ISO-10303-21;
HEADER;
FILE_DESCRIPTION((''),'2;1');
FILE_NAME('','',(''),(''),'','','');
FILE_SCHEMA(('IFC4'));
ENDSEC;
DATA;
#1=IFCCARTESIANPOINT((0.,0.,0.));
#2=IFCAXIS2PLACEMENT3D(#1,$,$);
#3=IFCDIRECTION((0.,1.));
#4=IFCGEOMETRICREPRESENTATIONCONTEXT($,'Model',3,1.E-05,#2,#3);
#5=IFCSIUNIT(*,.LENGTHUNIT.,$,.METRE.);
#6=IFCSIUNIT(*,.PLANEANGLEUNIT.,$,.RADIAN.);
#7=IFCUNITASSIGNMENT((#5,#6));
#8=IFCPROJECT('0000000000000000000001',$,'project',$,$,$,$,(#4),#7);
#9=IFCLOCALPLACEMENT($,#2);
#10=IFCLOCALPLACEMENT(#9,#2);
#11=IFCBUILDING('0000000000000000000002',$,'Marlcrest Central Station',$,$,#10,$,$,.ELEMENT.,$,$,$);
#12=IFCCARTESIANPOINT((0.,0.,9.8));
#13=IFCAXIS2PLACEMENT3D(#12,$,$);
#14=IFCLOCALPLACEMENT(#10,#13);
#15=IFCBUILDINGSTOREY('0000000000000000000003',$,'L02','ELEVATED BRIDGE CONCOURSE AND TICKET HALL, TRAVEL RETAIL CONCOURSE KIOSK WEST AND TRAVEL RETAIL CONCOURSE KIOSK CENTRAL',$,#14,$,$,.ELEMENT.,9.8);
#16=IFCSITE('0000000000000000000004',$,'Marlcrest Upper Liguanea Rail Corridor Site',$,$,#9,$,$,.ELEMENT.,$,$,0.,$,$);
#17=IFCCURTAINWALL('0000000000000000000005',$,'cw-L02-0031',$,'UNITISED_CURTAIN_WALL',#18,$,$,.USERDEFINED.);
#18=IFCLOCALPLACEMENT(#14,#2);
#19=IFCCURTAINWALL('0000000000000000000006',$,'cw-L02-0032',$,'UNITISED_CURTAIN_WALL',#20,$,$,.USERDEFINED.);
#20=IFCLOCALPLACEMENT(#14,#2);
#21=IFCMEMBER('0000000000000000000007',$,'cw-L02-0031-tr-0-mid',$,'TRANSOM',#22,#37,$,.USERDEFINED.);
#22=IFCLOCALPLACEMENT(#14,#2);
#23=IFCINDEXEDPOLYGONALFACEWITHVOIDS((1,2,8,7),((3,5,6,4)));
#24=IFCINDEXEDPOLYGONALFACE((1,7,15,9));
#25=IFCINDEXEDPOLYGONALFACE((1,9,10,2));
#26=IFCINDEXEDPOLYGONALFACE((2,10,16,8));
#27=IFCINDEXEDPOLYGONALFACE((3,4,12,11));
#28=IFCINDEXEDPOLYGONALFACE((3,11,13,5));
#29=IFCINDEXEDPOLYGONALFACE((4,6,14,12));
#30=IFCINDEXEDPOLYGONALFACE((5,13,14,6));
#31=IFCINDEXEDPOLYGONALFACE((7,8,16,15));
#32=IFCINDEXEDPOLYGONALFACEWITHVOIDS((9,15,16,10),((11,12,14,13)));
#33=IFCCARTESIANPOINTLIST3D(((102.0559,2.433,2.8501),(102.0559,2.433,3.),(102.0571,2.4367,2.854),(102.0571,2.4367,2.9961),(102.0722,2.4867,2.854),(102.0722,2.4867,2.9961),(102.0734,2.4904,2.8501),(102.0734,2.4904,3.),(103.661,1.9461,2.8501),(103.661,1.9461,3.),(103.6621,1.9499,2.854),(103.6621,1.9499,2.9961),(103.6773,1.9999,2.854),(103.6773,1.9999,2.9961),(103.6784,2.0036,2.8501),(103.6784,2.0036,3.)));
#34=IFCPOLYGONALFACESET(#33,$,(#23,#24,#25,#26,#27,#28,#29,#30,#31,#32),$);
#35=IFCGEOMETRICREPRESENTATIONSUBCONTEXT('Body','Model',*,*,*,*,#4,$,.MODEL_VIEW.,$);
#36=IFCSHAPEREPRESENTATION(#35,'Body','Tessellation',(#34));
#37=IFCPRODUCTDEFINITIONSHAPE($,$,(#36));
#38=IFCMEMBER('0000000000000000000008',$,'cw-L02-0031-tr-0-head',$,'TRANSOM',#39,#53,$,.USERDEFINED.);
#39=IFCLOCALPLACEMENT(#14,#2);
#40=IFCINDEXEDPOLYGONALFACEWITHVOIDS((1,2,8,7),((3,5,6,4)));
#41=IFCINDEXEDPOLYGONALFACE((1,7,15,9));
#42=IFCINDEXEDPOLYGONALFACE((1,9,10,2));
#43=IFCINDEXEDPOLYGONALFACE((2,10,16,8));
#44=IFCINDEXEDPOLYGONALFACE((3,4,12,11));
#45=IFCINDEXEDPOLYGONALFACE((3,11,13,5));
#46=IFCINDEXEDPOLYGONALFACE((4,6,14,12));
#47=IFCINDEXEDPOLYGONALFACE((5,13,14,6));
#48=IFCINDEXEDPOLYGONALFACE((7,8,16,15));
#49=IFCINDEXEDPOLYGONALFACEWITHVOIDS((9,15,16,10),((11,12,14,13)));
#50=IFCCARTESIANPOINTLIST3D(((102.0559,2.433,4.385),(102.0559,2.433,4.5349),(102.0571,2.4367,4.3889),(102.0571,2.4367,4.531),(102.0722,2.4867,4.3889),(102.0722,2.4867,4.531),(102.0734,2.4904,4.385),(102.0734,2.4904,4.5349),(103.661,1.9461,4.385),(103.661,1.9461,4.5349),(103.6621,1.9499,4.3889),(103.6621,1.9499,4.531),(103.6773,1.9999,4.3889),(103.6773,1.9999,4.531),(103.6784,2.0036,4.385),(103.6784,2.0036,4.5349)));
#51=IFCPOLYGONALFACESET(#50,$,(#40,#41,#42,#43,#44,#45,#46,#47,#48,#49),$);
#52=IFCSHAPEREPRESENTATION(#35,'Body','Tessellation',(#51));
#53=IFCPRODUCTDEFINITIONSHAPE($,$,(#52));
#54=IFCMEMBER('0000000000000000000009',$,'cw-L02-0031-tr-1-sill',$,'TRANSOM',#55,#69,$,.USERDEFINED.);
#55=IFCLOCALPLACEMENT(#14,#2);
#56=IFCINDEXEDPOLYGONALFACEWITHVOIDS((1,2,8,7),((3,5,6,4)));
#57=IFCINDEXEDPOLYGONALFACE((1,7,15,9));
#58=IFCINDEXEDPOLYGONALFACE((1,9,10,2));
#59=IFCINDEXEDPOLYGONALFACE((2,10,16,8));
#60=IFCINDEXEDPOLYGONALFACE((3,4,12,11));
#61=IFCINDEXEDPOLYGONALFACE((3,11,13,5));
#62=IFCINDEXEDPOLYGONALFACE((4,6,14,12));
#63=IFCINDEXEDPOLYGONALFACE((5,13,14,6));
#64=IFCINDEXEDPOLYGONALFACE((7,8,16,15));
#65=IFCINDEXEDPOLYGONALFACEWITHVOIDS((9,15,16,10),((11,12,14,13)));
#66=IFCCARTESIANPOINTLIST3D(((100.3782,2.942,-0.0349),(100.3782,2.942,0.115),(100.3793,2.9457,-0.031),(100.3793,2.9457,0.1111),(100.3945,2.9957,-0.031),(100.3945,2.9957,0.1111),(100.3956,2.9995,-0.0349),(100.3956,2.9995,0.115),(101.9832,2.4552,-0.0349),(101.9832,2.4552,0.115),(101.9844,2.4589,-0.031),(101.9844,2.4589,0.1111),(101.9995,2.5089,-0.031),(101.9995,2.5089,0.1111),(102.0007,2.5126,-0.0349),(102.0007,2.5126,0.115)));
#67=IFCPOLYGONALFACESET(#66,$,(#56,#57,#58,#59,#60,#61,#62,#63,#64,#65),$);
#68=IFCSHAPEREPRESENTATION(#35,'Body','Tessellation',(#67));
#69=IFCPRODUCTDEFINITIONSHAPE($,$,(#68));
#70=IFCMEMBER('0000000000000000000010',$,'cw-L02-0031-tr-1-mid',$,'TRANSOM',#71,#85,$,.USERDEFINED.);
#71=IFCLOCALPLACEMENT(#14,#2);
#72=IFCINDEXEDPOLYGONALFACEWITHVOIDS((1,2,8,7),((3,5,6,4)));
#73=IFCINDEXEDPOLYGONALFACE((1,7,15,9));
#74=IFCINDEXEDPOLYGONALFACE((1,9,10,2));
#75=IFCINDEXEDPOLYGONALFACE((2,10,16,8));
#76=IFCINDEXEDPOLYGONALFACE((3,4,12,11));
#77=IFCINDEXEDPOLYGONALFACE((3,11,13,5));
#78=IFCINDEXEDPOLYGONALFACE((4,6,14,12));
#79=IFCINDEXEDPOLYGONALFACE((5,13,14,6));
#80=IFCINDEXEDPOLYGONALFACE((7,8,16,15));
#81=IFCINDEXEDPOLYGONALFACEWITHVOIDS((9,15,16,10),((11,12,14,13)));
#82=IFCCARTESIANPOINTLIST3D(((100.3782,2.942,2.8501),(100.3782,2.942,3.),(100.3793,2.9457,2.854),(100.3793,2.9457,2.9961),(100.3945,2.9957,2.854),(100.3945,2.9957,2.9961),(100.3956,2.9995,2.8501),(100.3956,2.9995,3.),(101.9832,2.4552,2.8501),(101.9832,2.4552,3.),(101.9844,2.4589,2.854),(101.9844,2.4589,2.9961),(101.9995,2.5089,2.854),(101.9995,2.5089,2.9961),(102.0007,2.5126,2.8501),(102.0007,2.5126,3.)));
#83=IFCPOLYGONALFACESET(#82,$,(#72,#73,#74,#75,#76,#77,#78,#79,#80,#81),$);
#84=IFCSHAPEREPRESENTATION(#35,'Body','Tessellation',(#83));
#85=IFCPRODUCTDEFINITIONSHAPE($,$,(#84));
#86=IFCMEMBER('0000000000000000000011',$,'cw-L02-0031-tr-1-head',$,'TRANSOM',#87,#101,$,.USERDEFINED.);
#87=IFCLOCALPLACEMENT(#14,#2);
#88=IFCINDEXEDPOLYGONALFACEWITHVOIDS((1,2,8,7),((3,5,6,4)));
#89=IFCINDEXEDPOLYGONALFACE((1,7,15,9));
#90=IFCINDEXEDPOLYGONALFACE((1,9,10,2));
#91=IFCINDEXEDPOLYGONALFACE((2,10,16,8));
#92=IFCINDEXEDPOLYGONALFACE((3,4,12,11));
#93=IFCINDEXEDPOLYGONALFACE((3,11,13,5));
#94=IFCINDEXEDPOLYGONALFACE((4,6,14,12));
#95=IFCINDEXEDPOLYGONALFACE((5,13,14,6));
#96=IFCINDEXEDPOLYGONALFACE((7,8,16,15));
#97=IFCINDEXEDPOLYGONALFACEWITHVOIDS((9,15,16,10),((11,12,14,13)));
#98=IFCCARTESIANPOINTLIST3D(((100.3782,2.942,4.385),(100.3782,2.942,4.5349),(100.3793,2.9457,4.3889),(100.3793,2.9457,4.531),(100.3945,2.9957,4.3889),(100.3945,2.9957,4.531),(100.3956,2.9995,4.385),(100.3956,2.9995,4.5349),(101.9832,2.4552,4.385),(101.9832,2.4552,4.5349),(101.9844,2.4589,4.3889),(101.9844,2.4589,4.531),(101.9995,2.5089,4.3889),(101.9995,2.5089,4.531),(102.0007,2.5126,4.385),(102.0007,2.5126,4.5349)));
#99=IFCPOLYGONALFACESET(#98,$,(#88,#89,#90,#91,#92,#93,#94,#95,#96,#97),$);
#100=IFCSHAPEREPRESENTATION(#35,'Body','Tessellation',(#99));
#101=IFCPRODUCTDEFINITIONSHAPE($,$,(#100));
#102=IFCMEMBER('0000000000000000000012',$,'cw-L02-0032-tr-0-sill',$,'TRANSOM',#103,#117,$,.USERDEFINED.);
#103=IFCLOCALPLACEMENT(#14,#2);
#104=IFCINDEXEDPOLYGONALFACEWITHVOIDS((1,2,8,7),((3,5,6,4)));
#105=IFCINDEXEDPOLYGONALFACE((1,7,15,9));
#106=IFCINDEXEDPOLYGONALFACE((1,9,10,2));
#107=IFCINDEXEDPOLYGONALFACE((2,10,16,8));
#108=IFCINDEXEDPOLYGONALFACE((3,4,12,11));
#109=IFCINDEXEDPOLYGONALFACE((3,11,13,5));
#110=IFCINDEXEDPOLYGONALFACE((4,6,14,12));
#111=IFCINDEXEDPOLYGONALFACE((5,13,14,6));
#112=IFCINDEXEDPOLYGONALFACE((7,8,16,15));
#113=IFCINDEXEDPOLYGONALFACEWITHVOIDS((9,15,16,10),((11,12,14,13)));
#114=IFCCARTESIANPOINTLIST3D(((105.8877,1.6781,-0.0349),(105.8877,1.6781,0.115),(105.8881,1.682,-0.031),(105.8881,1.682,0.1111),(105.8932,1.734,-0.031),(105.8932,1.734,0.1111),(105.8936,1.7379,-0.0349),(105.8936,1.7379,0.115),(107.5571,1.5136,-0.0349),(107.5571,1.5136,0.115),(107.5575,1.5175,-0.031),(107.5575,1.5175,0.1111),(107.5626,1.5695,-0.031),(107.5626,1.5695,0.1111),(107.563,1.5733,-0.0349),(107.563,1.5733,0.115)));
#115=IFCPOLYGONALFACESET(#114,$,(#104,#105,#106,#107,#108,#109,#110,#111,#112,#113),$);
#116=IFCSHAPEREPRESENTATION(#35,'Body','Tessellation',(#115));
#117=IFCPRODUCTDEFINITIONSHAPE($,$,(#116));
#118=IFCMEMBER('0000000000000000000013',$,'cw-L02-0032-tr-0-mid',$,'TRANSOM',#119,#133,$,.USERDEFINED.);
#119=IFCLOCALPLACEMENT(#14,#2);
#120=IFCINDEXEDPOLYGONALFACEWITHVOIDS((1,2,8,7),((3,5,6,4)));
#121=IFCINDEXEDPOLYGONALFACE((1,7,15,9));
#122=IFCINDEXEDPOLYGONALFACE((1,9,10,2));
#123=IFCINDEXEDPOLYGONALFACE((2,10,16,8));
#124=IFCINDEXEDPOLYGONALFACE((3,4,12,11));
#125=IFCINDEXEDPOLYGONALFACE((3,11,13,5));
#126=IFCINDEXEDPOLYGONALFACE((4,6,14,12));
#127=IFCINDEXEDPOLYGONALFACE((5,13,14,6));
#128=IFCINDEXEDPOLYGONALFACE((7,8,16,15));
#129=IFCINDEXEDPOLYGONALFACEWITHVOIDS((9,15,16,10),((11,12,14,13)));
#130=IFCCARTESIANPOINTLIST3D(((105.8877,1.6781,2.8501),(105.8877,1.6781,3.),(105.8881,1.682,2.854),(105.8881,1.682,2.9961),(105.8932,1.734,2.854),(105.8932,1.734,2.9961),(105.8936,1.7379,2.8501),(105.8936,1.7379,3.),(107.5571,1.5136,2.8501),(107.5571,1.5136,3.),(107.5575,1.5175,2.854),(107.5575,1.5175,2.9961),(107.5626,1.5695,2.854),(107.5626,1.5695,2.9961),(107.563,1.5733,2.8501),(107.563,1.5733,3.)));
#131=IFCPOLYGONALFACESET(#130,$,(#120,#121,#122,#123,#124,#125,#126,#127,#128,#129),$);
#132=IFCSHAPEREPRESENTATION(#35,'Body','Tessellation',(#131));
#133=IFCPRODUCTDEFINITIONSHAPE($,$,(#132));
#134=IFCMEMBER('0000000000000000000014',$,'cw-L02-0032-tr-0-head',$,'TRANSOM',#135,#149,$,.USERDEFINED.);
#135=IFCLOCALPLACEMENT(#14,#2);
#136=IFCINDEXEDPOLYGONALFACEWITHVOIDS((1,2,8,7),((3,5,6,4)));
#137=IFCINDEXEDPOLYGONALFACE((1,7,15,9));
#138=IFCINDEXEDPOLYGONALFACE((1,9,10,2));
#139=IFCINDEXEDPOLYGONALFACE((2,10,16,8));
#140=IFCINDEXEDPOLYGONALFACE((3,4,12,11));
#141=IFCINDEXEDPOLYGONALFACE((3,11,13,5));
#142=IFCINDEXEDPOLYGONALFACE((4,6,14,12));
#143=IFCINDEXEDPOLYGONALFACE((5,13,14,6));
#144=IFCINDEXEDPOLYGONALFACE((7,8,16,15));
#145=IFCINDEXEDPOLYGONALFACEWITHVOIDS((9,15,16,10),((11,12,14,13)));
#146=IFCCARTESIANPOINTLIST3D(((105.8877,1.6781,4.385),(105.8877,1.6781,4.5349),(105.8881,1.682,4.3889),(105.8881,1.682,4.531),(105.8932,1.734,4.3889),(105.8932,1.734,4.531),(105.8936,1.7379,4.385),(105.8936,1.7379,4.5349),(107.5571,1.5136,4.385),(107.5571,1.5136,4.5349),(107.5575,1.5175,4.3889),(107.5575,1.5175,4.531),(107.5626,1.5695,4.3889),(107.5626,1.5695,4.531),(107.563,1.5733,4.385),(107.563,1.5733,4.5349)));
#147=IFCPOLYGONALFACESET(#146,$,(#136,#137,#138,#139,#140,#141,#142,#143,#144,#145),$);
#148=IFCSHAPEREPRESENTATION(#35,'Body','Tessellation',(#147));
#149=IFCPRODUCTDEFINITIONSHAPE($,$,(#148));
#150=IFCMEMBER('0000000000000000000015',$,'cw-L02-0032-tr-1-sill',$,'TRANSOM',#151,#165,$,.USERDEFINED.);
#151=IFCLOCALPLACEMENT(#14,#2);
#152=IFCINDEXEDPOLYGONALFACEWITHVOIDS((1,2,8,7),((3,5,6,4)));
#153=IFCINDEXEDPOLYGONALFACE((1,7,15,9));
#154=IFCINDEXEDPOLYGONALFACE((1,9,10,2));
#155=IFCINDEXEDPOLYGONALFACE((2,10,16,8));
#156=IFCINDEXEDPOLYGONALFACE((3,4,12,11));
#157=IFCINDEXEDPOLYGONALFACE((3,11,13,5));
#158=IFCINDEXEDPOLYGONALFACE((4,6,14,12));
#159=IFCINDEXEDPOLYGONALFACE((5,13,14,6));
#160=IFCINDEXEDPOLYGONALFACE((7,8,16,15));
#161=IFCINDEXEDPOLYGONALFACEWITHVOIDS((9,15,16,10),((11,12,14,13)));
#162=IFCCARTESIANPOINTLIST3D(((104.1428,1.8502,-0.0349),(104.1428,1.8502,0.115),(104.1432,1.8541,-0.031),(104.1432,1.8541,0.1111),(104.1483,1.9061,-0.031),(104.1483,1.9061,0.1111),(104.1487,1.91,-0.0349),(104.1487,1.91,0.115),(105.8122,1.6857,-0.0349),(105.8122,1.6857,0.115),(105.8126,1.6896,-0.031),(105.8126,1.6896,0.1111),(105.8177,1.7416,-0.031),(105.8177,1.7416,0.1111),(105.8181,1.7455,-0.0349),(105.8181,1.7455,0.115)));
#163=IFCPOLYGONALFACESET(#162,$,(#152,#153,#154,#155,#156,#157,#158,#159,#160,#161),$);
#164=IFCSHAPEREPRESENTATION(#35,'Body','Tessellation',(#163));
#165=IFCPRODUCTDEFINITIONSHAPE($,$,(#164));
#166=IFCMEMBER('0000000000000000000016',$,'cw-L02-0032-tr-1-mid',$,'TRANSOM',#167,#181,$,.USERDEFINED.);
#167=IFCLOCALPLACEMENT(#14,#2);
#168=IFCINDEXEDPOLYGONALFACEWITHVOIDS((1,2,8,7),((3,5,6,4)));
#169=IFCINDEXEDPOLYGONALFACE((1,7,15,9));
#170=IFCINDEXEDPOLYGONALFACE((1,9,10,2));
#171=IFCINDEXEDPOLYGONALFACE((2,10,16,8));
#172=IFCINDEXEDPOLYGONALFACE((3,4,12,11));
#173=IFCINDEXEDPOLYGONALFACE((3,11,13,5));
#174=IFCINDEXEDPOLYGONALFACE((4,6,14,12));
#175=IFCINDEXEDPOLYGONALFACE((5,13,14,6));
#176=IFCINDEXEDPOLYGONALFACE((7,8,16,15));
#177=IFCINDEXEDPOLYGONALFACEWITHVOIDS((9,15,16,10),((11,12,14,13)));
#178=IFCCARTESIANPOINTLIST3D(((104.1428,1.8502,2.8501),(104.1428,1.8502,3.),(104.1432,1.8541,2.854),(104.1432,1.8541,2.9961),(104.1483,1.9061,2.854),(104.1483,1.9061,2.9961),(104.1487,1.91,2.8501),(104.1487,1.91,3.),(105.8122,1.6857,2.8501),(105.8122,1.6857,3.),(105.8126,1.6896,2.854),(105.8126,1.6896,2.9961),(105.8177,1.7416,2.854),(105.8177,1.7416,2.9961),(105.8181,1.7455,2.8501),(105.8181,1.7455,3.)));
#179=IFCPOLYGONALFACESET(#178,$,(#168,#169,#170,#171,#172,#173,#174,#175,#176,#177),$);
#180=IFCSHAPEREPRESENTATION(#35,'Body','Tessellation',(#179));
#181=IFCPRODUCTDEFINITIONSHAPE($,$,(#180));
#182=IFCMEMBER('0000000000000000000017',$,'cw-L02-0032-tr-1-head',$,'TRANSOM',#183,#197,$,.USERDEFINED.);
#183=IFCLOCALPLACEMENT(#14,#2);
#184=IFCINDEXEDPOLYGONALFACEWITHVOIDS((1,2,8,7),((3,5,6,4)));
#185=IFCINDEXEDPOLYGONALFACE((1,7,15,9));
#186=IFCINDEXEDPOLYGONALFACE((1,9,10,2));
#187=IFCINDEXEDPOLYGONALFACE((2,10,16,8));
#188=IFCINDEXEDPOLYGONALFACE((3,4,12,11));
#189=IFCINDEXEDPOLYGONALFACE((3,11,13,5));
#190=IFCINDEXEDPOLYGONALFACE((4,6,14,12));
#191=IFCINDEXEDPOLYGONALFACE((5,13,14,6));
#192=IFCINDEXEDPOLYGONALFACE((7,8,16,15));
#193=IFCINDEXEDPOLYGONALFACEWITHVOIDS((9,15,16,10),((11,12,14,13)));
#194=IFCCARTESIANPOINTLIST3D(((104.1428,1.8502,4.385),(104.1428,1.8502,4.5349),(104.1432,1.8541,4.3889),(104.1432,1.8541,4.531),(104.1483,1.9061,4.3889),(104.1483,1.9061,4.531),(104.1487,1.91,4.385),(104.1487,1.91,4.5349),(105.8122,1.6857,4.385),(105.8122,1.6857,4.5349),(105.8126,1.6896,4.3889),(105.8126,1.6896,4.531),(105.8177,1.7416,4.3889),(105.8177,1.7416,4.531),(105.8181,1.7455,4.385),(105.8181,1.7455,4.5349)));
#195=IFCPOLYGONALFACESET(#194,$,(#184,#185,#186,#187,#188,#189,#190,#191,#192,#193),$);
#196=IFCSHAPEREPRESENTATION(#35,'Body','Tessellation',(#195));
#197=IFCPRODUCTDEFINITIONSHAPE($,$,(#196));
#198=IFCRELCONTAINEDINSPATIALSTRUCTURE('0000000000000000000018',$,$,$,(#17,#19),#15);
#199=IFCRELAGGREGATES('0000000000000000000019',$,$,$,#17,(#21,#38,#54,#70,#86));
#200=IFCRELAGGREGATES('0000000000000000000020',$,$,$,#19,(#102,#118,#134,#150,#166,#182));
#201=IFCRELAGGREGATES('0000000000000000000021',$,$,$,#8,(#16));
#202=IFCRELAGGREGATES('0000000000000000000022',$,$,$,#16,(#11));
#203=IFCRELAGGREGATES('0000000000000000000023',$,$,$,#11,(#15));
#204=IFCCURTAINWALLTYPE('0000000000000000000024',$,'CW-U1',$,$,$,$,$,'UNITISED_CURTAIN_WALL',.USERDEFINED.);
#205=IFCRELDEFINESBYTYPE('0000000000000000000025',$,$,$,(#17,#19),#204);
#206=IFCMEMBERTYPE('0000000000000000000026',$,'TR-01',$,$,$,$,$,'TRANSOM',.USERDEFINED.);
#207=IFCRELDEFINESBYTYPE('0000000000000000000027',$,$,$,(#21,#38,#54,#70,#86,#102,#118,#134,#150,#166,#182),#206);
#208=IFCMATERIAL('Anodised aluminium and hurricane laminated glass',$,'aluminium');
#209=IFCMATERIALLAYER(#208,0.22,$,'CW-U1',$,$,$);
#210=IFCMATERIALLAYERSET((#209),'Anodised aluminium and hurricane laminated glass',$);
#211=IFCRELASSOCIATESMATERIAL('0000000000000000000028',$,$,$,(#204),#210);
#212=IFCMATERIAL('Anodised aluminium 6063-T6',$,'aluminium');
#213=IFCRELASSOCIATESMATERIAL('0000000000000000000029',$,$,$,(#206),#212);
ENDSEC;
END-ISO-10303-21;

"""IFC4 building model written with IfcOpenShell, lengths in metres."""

from ifc_helpers import new_model, si_unit, direction, frame, origin, origin_2d, place, context, subcontext, project, spatial, hollow_rectangle, extrude, material, layer, layer_set, material_profile, profile_set, type_object, element, aggregate, save


model = new_model("IFC4")

# Units and contexts
model_context = context("Model", 3, precision=1e-05, world=origin(), true_north=direction((0.0, 1.0)))
body_context = subcontext(model_context, "Body", "Model", "MODEL_VIEW")
ifc_project = project(units=[si_unit("LENGTHUNIT", "METRE"), si_unit("PLANEANGLEUNIT", "RADIAN")], contexts=[model_context])

# Site, building, storey
site_placement = place(None, origin())
site = spatial("IfcSite", under=ifc_project, at=site_placement, Name="Marlcrest Upper Liguanea Rail Corridor Site", CompositionType="ELEMENT", RefElevation=0.0)
building_placement = place(site_placement, origin())
building = spatial("IfcBuilding", under=site, at=building_placement, Name="Marlcrest Central Station", CompositionType="ELEMENT")
storey_placement = place(building_placement, frame((0.0, 0.0, 9.8)))
storey = spatial("IfcBuildingStorey", under=building, at=storey_placement, Name="L02", Description="ELEVATED BRIDGE CONCOURSE AND TICKET HALL, TRAVEL RETAIL CONCOURSE KIOSK WEST AND TRAVEL RETAIL CONCOURSE KIOSK CENTRAL", CompositionType="ELEMENT", Elevation=9.8)

# Curtain walls
ifc_material_1 = material(Name="Anodised aluminium and hurricane laminated glass", Category="aluminium")
ifc_layer_1 = layer(ifc_material_1, 0.22, Name="CW-U1")
ifc_layer_set_1 = layer_set([ifc_layer_1], Name="Anodised aluminium and hurricane laminated glass")
curtain_wall_type = type_object("IfcCurtainWallType", Name="CW-U1", ElementType="UNITISED_CURTAIN_WALL", PredefinedType="USERDEFINED", material=ifc_layer_set_1)
curtain_wall_1_placement = place(storey_placement, origin())
curtain_wall_1 = element("IfcCurtainWall", 1, at=curtain_wall_1_placement, inside=storey, type_object=curtain_wall_type, Name="cw-L02-0031", ObjectType="UNITISED_CURTAIN_WALL", PredefinedType="USERDEFINED")
ifc_material_2 = material(Name="Anodised aluminium 6063-T6", Category="aluminium")
curtain_wall_2_placement = place(storey_placement, origin())
curtain_wall_2 = element("IfcCurtainWall", 2, at=curtain_wall_2_placement, inside=storey, type_object=curtain_wall_type, Name="cw-L02-0032", ObjectType="UNITISED_CURTAIN_WALL", PredefinedType="USERDEFINED")

# Members
ifc_material_profile_1 = material_profile(ifc_material_2, hollow_rectangle(XDim=0.0601, YDim=0.1499, WallThickness=0.0039, at=origin_2d()), Name="AA-RHS 150x60x4")
ifc_profile_set_1 = profile_set([ifc_material_profile_1], Name="Anodised aluminium 6063-T6")
member_type_1 = type_object("IfcMemberType", Name="TR-01", ElementType="TRANSOM", PredefinedType="USERDEFINED", material=ifc_profile_set_1)
member_1_placement = place(storey_placement, frame((103.6697, 1.9749, 2.925), z_axis=(-0.956948, 0.290258, 0.0), x_axis=(-0.290258, -0.956948, 0.0)))
member_1 = element("IfcMember", 3, at=member_1_placement, type_object=member_type_1, Name="cw-L02-0031-tr-0-mid", ObjectType="TRANSOM", PredefinedType="USERDEFINED", context=body_context, shape_type="SweptSolid", body=[
    extrude(hollow_rectangle(XDim=0.0601, YDim=0.1499, WallThickness=0.0039, at=origin_2d()), origin(), (0.0, 0.0, 1.0), 1.6772),
])
member_2_placement = place(storey_placement, frame((103.6697, 1.9749, 4.46), z_axis=(-0.956948, 0.290258, 0.0), x_axis=(-0.290258, -0.956948, 0.0)))
member_2 = element("IfcMember", 4, at=member_2_placement, type_object=member_type_1, Name="cw-L02-0031-tr-0-head", ObjectType="TRANSOM", PredefinedType="USERDEFINED", context=body_context, shape_type="SweptSolid", body=[
    extrude(hollow_rectangle(XDim=0.0601, YDim=0.1499, WallThickness=0.0039, at=origin_2d()), origin(), (0.0, 0.0, 1.0), 1.6772),
])
member_3_placement = place(storey_placement, frame((101.9919, 2.4839, 0.04), z_axis=(-0.956948, 0.290258, 0.0), x_axis=(-0.290258, -0.956948, 0.0)))
member_3 = element("IfcMember", 5, at=member_3_placement, type_object=member_type_1, Name="cw-L02-0031-tr-1-sill", ObjectType="TRANSOM", PredefinedType="USERDEFINED", context=body_context, shape_type="SweptSolid", body=[
    extrude(hollow_rectangle(XDim=0.0601, YDim=0.1499, WallThickness=0.0039, at=origin_2d()), origin(), (0.0, 0.0, 1.0), 1.6772),
])
member_4_placement = place(storey_placement, frame((101.9919, 2.4839, 2.925), z_axis=(-0.956948, 0.290258, 0.0), x_axis=(-0.290258, -0.956948, 0.0)))
member_4 = element("IfcMember", 6, at=member_4_placement, type_object=member_type_1, Name="cw-L02-0031-tr-1-mid", ObjectType="TRANSOM", PredefinedType="USERDEFINED", context=body_context, shape_type="SweptSolid", body=[
    extrude(hollow_rectangle(XDim=0.0601, YDim=0.1499, WallThickness=0.0039, at=origin_2d()), origin(), (0.0, 0.0, 1.0), 1.6772),
])
member_5_placement = place(storey_placement, frame((101.9919, 2.4839, 4.46), z_axis=(-0.956948, 0.290258, 0.0), x_axis=(-0.290258, -0.956948, 0.0)))
member_5 = element("IfcMember", 7, at=member_5_placement, type_object=member_type_1, Name="cw-L02-0031-tr-1-head", ObjectType="TRANSOM", PredefinedType="USERDEFINED", context=body_context, shape_type="SweptSolid", body=[
    extrude(hollow_rectangle(XDim=0.0601, YDim=0.1499, WallThickness=0.0039, at=origin_2d()), origin(), (0.0, 0.0, 1.0), 1.6772),
])
member_6_placement = place(storey_placement, frame((107.5601, 1.5435, 0.04), z_axis=(-0.995177, 0.098091, 0.0), x_axis=(-0.098091, -0.995177, 0.0)))
member_6 = element("IfcMember", 8, at=member_6_placement, type_object=member_type_1, Name="cw-L02-0032-tr-0-sill", ObjectType="TRANSOM", PredefinedType="USERDEFINED", context=body_context, shape_type="SweptSolid", body=[
    extrude(hollow_rectangle(XDim=0.0601, YDim=0.1499, WallThickness=0.0039, at=origin_2d()), origin(), (0.0, 0.0, 1.0), 1.6775),
])
member_7_placement = place(storey_placement, frame((107.5601, 1.5435, 2.925), z_axis=(-0.995177, 0.098091, 0.0), x_axis=(-0.098091, -0.995177, 0.0)))
member_7 = element("IfcMember", 9, at=member_7_placement, type_object=member_type_1, Name="cw-L02-0032-tr-0-mid", ObjectType="TRANSOM", PredefinedType="USERDEFINED", context=body_context, shape_type="SweptSolid", body=[
    extrude(hollow_rectangle(XDim=0.0601, YDim=0.1499, WallThickness=0.0039, at=origin_2d()), origin(), (0.0, 0.0, 1.0), 1.6775),
])
member_8_placement = place(storey_placement, frame((107.5601, 1.5435, 4.46), z_axis=(-0.995177, 0.098091, 0.0), x_axis=(-0.098091, -0.995177, 0.0)))
member_8 = element("IfcMember", 10, at=member_8_placement, type_object=member_type_1, Name="cw-L02-0032-tr-0-head", ObjectType="TRANSOM", PredefinedType="USERDEFINED", context=body_context, shape_type="SweptSolid", body=[
    extrude(hollow_rectangle(XDim=0.0601, YDim=0.1499, WallThickness=0.0039, at=origin_2d()), origin(), (0.0, 0.0, 1.0), 1.6775),
])
member_9_placement = place(storey_placement, frame((105.8152, 1.7156, 0.04), z_axis=(-0.995177, 0.098091, 0.0), x_axis=(-0.098091, -0.995177, 0.0)))
member_9 = element("IfcMember", 11, at=member_9_placement, type_object=member_type_1, Name="cw-L02-0032-tr-1-sill", ObjectType="TRANSOM", PredefinedType="USERDEFINED", context=body_context, shape_type="SweptSolid", body=[
    extrude(hollow_rectangle(XDim=0.0601, YDim=0.1499, WallThickness=0.0039, at=origin_2d()), origin(), (0.0, 0.0, 1.0), 1.6775),
])
member_10_placement = place(storey_placement, frame((105.8152, 1.7156, 2.925), z_axis=(-0.995177, 0.098091, 0.0), x_axis=(-0.098091, -0.995177, 0.0)))
member_10 = element("IfcMember", 12, at=member_10_placement, type_object=member_type_1, Name="cw-L02-0032-tr-1-mid", ObjectType="TRANSOM", PredefinedType="USERDEFINED", context=body_context, shape_type="SweptSolid", body=[
    extrude(hollow_rectangle(XDim=0.0601, YDim=0.1499, WallThickness=0.0039, at=origin_2d()), origin(), (0.0, 0.0, 1.0), 1.6775),
])
member_11_placement = place(storey_placement, frame((105.8152, 1.7156, 4.46), z_axis=(-0.995177, 0.098091, 0.0), x_axis=(-0.098091, -0.995177, 0.0)))
member_11 = element("IfcMember", 13, at=member_11_placement, type_object=member_type_1, Name="cw-L02-0032-tr-1-head", ObjectType="TRANSOM", PredefinedType="USERDEFINED", context=body_context, shape_type="SweptSolid", body=[
    extrude(hollow_rectangle(XDim=0.0601, YDim=0.1499, WallThickness=0.0039, at=origin_2d()), origin(), (0.0, 0.0, 1.0), 1.6775),
])

aggregate(curtain_wall_1, [member_1, member_2, member_3, member_4, member_5])
aggregate(curtain_wall_2, [member_6, member_7, member_8, member_9, member_10, member_11])

save(model, "model.ifc")
